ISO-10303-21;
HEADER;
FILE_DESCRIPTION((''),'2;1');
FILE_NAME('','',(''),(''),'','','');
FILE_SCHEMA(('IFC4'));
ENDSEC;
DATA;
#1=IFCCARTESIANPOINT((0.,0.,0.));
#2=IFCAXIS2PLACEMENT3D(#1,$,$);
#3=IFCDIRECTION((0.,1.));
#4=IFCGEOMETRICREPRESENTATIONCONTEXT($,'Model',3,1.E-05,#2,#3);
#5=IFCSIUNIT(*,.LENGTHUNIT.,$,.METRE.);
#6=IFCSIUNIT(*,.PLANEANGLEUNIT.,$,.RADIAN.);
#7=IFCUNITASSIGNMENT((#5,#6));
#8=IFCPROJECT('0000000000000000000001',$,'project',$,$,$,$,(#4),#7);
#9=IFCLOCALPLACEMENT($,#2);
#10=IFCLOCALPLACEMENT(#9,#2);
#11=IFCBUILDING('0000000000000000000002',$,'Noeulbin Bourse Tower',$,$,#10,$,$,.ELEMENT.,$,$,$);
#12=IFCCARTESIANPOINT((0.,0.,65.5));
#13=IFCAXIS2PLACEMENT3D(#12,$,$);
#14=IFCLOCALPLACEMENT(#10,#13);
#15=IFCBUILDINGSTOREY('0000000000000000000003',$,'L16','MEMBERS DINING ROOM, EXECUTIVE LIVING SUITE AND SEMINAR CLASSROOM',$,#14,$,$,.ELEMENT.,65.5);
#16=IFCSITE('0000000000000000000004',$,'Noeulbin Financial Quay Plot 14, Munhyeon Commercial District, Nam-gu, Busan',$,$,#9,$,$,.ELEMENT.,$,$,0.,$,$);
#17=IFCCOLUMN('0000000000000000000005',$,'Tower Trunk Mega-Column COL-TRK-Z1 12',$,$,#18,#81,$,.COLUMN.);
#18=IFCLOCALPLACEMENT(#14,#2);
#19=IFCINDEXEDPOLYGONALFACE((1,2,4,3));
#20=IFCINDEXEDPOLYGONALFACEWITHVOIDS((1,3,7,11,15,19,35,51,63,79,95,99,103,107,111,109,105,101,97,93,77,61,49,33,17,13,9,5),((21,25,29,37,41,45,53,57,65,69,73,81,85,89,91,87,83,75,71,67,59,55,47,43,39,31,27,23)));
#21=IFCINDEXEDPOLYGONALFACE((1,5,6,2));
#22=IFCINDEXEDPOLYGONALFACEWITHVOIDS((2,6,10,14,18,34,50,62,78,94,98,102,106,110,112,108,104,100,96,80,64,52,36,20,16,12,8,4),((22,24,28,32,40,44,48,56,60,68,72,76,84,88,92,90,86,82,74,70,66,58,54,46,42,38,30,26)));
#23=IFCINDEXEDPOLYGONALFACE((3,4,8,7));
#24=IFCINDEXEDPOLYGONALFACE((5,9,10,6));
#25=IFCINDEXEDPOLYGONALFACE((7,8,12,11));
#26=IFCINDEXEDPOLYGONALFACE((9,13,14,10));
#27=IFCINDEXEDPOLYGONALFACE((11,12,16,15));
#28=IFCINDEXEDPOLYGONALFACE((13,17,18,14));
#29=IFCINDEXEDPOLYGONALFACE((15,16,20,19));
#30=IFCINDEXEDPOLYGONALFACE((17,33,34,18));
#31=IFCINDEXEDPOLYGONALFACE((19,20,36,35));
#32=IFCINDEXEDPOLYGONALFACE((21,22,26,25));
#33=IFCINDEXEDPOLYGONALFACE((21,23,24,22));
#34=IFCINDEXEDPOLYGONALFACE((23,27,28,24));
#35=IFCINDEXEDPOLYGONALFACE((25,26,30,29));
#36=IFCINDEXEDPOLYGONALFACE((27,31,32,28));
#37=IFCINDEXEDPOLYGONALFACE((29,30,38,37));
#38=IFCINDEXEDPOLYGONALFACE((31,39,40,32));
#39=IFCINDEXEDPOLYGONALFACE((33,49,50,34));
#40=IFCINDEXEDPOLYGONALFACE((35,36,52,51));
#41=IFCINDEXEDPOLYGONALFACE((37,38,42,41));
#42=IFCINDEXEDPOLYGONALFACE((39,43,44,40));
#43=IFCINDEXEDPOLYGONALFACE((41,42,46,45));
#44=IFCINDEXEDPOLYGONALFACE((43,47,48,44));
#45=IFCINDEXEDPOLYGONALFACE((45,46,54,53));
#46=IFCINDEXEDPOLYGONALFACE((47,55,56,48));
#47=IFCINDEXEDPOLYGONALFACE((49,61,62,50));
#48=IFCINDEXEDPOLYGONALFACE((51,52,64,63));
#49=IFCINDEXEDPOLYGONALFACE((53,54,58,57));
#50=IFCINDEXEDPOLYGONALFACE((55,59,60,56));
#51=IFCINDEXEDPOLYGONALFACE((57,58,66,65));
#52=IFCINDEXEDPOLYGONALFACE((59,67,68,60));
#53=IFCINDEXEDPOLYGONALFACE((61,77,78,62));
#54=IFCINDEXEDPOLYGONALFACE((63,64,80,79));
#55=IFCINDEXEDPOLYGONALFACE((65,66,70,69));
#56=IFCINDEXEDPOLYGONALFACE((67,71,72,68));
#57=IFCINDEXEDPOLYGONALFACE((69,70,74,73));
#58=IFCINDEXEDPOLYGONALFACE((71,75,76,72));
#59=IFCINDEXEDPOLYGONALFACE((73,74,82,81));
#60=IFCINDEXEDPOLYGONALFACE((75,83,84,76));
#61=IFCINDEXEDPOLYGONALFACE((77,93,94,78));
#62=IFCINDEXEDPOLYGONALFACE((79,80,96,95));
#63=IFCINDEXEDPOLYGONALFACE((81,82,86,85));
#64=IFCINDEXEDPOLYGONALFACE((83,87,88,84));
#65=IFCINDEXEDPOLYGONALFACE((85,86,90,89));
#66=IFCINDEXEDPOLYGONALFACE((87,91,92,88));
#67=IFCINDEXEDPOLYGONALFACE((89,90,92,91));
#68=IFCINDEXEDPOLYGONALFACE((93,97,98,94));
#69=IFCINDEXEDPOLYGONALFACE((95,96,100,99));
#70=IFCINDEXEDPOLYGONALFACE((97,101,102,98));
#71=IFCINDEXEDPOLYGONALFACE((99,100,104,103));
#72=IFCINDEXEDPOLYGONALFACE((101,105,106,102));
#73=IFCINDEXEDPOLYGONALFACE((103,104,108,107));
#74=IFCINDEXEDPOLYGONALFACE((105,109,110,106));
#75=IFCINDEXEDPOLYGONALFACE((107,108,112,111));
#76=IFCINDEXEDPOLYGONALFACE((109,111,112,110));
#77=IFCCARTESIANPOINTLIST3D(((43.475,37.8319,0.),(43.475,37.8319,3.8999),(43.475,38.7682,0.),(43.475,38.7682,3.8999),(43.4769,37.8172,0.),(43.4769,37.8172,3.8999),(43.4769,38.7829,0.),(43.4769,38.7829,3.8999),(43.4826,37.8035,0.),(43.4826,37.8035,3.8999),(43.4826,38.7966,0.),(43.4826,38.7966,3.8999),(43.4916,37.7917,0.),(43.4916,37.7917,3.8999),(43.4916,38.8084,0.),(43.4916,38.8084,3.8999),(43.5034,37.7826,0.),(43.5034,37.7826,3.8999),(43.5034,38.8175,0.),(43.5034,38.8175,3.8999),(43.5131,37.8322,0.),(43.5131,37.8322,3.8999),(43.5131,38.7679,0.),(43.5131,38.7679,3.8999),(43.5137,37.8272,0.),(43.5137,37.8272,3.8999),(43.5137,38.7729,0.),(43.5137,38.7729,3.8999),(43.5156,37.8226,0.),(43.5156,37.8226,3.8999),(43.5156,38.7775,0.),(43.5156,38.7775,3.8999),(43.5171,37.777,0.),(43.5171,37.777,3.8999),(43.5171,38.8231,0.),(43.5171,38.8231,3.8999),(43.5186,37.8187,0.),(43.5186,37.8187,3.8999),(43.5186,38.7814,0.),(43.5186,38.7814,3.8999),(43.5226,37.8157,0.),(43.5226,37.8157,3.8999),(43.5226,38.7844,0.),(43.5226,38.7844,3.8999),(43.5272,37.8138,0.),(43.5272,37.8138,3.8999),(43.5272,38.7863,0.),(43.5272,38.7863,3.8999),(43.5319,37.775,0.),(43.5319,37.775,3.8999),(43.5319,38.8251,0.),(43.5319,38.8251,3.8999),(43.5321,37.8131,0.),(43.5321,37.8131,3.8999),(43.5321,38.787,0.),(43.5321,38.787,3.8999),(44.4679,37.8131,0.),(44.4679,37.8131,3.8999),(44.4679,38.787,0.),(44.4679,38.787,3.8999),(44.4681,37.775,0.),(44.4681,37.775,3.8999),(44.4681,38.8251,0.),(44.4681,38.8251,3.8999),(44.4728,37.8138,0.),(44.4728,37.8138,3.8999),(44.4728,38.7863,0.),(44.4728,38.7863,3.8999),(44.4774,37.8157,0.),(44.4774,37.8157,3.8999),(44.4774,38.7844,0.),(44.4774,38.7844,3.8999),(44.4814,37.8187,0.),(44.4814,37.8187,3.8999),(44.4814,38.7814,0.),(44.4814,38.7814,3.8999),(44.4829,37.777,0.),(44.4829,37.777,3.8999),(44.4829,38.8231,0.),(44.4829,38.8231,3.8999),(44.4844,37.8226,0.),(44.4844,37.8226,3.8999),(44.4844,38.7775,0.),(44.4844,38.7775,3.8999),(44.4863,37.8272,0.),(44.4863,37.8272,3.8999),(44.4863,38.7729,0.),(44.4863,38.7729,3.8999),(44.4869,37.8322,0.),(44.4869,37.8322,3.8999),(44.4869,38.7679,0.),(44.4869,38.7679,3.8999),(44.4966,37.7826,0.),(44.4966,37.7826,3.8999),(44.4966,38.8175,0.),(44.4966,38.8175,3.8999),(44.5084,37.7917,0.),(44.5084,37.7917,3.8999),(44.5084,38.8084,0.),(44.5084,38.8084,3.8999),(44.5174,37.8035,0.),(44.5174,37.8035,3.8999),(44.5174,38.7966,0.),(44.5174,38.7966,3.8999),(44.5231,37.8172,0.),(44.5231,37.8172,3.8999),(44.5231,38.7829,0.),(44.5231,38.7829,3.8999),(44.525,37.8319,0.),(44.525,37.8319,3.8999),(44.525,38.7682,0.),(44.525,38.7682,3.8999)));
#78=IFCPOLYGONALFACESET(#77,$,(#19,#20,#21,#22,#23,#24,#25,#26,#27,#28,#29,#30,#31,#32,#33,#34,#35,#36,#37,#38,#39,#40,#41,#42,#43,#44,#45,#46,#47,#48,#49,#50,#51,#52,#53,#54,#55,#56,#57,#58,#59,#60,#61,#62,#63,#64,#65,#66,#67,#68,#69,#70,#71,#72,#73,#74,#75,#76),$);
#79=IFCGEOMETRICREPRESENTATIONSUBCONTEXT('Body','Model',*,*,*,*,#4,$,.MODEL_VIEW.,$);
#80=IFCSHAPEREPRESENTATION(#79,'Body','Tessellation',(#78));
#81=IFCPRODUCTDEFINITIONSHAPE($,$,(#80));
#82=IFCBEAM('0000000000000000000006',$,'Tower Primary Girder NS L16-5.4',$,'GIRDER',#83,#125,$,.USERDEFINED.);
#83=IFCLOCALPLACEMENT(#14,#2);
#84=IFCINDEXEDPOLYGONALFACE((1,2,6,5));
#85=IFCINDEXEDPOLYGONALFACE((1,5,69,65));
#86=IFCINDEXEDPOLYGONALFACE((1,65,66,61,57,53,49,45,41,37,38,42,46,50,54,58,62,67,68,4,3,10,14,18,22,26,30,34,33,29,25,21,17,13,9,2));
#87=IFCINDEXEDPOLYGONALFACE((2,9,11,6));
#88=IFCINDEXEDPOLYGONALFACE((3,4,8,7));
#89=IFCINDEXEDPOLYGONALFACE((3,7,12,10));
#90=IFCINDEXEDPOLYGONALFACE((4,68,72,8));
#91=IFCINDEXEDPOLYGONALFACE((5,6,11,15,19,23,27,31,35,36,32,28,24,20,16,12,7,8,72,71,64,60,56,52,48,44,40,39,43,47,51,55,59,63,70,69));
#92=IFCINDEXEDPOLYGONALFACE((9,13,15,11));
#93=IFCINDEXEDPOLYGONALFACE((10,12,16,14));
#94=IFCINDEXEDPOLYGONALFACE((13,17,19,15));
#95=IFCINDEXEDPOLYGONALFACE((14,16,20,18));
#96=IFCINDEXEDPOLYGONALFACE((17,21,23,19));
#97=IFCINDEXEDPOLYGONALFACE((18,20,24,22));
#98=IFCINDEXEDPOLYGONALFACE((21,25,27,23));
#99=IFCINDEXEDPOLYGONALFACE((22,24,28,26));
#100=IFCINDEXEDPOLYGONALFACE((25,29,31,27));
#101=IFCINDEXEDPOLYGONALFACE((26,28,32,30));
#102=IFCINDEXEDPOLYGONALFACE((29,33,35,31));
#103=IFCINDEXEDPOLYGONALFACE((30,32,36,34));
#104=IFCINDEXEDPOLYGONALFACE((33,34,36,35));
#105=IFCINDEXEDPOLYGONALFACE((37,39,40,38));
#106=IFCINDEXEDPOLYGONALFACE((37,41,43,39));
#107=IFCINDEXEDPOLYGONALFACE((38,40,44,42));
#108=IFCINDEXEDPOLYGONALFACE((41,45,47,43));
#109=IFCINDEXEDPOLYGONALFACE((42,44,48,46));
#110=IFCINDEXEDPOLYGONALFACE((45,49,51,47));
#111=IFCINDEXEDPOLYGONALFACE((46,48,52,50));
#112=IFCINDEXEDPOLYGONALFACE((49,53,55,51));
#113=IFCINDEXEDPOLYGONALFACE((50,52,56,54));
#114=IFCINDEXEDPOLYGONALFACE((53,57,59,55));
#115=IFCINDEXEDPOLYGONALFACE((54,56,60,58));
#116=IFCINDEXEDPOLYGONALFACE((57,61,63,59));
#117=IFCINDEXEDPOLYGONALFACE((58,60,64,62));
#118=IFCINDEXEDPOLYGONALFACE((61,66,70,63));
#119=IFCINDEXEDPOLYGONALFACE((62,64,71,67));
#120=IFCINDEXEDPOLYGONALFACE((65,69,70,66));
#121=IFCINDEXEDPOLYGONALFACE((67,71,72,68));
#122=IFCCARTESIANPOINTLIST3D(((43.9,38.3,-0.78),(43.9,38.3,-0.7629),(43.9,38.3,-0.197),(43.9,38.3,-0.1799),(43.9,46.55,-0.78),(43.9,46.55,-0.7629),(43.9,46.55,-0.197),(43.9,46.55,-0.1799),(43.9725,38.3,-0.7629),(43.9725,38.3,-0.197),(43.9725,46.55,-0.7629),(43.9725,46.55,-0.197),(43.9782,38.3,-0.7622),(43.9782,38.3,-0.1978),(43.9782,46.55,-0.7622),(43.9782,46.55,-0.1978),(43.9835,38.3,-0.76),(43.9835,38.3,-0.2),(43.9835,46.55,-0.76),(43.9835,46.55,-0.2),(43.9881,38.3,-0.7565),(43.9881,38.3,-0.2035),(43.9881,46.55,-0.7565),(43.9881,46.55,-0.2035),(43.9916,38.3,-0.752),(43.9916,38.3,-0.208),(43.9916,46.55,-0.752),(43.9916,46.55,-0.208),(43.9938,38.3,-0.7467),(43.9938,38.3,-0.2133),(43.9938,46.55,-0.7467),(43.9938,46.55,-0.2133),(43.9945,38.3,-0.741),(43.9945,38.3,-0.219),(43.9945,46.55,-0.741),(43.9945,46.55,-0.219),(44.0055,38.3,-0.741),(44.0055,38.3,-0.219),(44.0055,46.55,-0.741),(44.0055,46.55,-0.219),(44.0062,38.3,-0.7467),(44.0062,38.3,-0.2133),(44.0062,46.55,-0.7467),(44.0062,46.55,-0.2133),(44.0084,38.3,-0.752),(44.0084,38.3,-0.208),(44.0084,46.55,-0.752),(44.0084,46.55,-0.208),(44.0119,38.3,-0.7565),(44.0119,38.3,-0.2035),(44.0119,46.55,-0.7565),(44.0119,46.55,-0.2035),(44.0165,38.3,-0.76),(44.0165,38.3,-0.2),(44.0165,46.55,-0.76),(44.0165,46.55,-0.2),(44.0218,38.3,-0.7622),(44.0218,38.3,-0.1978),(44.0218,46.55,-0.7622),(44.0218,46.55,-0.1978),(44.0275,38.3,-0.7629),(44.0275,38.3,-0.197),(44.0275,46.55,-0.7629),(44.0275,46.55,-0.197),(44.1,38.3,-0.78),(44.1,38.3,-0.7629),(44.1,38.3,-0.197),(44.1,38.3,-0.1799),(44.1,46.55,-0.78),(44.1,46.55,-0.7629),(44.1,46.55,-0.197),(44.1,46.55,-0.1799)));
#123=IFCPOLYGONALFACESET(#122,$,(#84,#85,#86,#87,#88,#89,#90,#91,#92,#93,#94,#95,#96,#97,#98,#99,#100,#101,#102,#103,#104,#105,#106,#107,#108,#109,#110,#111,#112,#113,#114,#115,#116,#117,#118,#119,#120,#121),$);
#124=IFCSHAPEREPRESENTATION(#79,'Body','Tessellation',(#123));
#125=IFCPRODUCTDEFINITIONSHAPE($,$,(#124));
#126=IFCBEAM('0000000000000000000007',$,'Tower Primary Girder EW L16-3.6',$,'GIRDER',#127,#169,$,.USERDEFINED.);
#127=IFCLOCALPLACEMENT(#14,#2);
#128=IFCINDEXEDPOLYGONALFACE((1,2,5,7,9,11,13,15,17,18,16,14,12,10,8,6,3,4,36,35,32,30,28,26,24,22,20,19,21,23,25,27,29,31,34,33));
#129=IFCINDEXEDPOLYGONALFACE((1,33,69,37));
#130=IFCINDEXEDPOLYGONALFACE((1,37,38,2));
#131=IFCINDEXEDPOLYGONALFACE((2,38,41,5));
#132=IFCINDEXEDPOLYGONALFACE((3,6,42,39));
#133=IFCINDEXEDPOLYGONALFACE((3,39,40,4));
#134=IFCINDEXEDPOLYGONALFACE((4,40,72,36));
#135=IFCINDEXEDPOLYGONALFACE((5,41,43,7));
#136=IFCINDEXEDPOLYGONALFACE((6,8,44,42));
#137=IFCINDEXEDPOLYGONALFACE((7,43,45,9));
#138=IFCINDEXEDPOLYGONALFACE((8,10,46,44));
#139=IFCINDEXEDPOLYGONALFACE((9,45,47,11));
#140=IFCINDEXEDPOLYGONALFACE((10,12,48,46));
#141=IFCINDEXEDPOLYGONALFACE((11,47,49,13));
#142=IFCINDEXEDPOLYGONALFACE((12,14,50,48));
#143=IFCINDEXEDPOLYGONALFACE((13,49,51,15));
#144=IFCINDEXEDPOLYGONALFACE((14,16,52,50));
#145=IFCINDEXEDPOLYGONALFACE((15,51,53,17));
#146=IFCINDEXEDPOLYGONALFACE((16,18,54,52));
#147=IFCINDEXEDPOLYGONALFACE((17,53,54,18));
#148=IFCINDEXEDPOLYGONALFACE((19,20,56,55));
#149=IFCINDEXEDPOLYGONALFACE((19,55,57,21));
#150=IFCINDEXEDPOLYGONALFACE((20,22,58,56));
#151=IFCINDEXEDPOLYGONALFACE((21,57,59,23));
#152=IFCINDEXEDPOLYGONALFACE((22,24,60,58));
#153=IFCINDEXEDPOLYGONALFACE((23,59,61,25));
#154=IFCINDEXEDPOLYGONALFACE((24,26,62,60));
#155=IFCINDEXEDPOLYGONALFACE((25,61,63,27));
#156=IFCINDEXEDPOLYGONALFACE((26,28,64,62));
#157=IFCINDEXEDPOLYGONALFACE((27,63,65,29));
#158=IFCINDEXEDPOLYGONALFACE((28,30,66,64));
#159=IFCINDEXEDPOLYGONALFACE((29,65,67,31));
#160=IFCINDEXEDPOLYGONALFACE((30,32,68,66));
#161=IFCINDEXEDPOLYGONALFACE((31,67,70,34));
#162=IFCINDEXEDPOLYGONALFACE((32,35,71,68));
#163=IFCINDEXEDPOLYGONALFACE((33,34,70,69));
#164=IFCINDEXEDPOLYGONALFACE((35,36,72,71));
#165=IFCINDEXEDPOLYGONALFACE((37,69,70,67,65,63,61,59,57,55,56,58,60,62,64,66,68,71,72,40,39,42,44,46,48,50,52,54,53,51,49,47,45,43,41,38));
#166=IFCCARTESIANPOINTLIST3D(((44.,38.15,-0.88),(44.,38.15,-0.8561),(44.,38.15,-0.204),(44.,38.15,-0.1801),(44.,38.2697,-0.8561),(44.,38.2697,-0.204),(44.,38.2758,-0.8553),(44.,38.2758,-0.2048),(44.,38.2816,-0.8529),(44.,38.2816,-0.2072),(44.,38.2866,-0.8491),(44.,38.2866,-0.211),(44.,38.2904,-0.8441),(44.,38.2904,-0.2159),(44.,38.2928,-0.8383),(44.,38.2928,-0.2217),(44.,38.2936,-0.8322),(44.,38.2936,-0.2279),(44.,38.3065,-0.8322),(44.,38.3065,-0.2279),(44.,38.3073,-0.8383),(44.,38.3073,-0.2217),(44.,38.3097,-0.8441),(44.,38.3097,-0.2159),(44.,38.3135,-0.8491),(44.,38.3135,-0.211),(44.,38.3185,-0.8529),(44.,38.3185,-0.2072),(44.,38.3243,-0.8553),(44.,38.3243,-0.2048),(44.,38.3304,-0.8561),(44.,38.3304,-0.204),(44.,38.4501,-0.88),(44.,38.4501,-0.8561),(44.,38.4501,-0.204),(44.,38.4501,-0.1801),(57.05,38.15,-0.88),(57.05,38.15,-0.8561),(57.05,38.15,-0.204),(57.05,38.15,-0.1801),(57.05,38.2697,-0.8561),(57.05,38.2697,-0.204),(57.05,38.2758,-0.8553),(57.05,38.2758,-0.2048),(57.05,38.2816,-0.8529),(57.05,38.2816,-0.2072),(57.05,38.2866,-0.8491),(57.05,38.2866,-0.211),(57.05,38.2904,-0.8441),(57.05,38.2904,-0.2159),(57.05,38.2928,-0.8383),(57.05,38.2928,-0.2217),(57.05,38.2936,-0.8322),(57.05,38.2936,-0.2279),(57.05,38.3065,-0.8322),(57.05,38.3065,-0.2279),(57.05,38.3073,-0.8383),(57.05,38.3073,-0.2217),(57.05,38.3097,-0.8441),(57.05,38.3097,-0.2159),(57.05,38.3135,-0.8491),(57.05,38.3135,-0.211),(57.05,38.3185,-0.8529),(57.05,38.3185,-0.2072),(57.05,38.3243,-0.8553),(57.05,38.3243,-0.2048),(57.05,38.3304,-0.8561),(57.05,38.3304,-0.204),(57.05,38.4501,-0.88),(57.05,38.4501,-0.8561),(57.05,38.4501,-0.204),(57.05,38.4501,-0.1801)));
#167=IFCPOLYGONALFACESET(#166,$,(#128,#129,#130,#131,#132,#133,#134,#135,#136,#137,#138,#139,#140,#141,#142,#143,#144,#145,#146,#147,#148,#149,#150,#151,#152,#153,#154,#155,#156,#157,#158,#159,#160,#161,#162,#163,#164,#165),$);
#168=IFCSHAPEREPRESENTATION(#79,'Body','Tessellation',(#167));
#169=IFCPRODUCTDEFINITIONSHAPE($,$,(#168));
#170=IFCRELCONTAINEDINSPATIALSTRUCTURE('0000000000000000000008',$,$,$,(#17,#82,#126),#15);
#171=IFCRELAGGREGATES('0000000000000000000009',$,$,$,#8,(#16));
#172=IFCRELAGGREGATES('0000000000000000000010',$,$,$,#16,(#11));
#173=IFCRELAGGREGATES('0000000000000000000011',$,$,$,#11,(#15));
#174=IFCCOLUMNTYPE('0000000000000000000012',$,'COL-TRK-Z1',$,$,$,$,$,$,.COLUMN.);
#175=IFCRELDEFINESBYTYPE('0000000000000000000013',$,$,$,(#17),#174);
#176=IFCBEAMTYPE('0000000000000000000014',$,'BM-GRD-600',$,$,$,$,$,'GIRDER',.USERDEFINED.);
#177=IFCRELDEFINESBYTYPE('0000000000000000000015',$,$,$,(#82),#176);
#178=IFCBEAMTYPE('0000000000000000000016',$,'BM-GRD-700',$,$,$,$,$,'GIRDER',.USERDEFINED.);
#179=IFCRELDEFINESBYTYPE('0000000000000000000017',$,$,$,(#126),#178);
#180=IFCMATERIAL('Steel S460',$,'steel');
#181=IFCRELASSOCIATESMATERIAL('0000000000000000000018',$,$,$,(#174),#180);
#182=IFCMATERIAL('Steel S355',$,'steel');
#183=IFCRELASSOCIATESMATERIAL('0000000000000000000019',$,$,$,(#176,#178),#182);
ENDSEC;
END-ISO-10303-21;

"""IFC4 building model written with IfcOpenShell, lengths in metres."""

from ifc_helpers import new_model, si_unit, direction, frame, origin, origin_2d, place, context, subcontext, project, spatial, hollow_rectangle, i_section, extrude, material, material_profile, profile_set, type_object, element, save


model = new_model("IFC4")

# Units and contexts
model_context = context("Model", 3, precision=1e-05, world=origin(), true_north=direction((0.0, 1.0)))
body_context = subcontext(model_context, "Body", "Model", "MODEL_VIEW")
ifc_project = project(units=[si_unit("LENGTHUNIT", "METRE"), si_unit("PLANEANGLEUNIT", "RADIAN")], contexts=[model_context])

# Site, building, storey
site_placement = place(None, origin())
site = spatial("IfcSite", under=ifc_project, at=site_placement, Name="Noeulbin Financial Quay Plot 14, Munhyeon Commercial District, Nam-gu, Busan", CompositionType="ELEMENT", RefElevation=0.0)
building_placement = place(site_placement, origin())
building = spatial("IfcBuilding", under=site, at=building_placement, Name="Noeulbin Bourse Tower", CompositionType="ELEMENT")
storey_placement = place(building_placement, frame((0.0, 0.0, 65.5)))
storey = spatial("IfcBuildingStorey", under=building, at=storey_placement, Name="L16", Description="MEMBERS DINING ROOM, EXECUTIVE LIVING SUITE AND SEMINAR CLASSROOM", CompositionType="ELEMENT", Elevation=65.5)

# Column
ifc_material_1 = material(Name="Steel S460", Category="steel")
ifc_material_profile_1 = material_profile(ifc_material_1, hollow_rectangle(XDim=1.05, YDim=1.05, WallThickness=0.0381, InnerFilletRadius=0.019, OuterFilletRadius=0.0569, at=origin_2d()), Name="BOX-1050x1050x38", Category="LoadBearing")
ifc_profile_set_1 = profile_set([ifc_material_profile_1], Name="Steel S460")
column_type_1 = type_object("IfcColumnType", Name="COL-TRK-Z1", PredefinedType="COLUMN", material=ifc_profile_set_1)
column_placement = place(storey_placement, frame((44.0, 38.3, 0.0), z_axis=(0.0, 0.0, 1.0), x_axis=(1.0, 0.0, 0.0)))
element("IfcColumn", 1, at=column_placement, inside=storey, type_object=column_type_1, Name="Tower Trunk Mega-Column COL-TRK-Z1 12", PredefinedType="COLUMN", context=body_context, shape_type="SweptSolid", body=[
    extrude(hollow_rectangle(XDim=1.05, YDim=1.05, WallThickness=0.0381, InnerFilletRadius=0.019, OuterFilletRadius=0.0569, at=origin_2d()), origin(), (0.0, 0.0, 1.0), 3.8999),
])

# Beams
ifc_material_2 = material(Name="Steel S355", Category="steel")
ifc_material_profile_2 = material_profile(ifc_material_2, i_section(OverallWidth=0.2, OverallDepth=0.6001, WebThickness=0.011, FlangeThickness=0.0171, FilletRadius=0.022, at=origin_2d()), Name="H-600x200x11x17", Category="LoadBearing")
ifc_profile_set_2 = profile_set([ifc_material_profile_2], Name="Steel S355")
beam_type_1 = type_object("IfcBeamType", Name="BM-GRD-600", ElementType="GIRDER", PredefinedType="USERDEFINED", material=ifc_profile_set_2)
beam_1_placement = place(storey_placement, frame((44.0, 38.3, -0.48), z_axis=(0.0, 1.0, 0.0), x_axis=(-1.0, 0.0, 0.0)))
element("IfcBeam", 2, at=beam_1_placement, inside=storey, type_object=beam_type_1, Name="Tower Primary Girder NS L16-5.4", ObjectType="GIRDER", PredefinedType="USERDEFINED", context=body_context, shape_type="SweptSolid", body=[
    extrude(i_section(OverallWidth=0.2, OverallDepth=0.6001, WebThickness=0.011, FlangeThickness=0.0171, FilletRadius=0.022, at=origin_2d()), origin(), (0.0, 0.0, 1.0), 8.25),
])
ifc_material_profile_3 = material_profile(ifc_material_2, i_section(OverallWidth=0.3, OverallDepth=0.7, WebThickness=0.0129, FlangeThickness=0.0239, FilletRadius=0.0239, at=origin_2d()), Name="H-700x300x13x24", Category="LoadBearing")
ifc_profile_set_3 = profile_set([ifc_material_profile_3], Name="Steel S355")
beam_type_2 = type_object("IfcBeamType", Name="BM-GRD-700", ElementType="GIRDER", PredefinedType="USERDEFINED", material=ifc_profile_set_3)
beam_2_placement = place(storey_placement, frame((44.0, 38.3, -0.53), z_axis=(1.0, 0.0, 0.0), x_axis=(0.0, 1.0, 0.0)))
element("IfcBeam", 3, at=beam_2_placement, inside=storey, type_object=beam_type_2, Name="Tower Primary Girder EW L16-3.6", ObjectType="GIRDER", PredefinedType="USERDEFINED", context=body_context, shape_type="SweptSolid", body=[
    extrude(i_section(OverallWidth=0.3, OverallDepth=0.7, WebThickness=0.0129, FlangeThickness=0.0239, FilletRadius=0.0239, at=origin_2d()), origin(), (0.0, 0.0, 1.0), 13.05),
])

save(model, "model.ifc")
